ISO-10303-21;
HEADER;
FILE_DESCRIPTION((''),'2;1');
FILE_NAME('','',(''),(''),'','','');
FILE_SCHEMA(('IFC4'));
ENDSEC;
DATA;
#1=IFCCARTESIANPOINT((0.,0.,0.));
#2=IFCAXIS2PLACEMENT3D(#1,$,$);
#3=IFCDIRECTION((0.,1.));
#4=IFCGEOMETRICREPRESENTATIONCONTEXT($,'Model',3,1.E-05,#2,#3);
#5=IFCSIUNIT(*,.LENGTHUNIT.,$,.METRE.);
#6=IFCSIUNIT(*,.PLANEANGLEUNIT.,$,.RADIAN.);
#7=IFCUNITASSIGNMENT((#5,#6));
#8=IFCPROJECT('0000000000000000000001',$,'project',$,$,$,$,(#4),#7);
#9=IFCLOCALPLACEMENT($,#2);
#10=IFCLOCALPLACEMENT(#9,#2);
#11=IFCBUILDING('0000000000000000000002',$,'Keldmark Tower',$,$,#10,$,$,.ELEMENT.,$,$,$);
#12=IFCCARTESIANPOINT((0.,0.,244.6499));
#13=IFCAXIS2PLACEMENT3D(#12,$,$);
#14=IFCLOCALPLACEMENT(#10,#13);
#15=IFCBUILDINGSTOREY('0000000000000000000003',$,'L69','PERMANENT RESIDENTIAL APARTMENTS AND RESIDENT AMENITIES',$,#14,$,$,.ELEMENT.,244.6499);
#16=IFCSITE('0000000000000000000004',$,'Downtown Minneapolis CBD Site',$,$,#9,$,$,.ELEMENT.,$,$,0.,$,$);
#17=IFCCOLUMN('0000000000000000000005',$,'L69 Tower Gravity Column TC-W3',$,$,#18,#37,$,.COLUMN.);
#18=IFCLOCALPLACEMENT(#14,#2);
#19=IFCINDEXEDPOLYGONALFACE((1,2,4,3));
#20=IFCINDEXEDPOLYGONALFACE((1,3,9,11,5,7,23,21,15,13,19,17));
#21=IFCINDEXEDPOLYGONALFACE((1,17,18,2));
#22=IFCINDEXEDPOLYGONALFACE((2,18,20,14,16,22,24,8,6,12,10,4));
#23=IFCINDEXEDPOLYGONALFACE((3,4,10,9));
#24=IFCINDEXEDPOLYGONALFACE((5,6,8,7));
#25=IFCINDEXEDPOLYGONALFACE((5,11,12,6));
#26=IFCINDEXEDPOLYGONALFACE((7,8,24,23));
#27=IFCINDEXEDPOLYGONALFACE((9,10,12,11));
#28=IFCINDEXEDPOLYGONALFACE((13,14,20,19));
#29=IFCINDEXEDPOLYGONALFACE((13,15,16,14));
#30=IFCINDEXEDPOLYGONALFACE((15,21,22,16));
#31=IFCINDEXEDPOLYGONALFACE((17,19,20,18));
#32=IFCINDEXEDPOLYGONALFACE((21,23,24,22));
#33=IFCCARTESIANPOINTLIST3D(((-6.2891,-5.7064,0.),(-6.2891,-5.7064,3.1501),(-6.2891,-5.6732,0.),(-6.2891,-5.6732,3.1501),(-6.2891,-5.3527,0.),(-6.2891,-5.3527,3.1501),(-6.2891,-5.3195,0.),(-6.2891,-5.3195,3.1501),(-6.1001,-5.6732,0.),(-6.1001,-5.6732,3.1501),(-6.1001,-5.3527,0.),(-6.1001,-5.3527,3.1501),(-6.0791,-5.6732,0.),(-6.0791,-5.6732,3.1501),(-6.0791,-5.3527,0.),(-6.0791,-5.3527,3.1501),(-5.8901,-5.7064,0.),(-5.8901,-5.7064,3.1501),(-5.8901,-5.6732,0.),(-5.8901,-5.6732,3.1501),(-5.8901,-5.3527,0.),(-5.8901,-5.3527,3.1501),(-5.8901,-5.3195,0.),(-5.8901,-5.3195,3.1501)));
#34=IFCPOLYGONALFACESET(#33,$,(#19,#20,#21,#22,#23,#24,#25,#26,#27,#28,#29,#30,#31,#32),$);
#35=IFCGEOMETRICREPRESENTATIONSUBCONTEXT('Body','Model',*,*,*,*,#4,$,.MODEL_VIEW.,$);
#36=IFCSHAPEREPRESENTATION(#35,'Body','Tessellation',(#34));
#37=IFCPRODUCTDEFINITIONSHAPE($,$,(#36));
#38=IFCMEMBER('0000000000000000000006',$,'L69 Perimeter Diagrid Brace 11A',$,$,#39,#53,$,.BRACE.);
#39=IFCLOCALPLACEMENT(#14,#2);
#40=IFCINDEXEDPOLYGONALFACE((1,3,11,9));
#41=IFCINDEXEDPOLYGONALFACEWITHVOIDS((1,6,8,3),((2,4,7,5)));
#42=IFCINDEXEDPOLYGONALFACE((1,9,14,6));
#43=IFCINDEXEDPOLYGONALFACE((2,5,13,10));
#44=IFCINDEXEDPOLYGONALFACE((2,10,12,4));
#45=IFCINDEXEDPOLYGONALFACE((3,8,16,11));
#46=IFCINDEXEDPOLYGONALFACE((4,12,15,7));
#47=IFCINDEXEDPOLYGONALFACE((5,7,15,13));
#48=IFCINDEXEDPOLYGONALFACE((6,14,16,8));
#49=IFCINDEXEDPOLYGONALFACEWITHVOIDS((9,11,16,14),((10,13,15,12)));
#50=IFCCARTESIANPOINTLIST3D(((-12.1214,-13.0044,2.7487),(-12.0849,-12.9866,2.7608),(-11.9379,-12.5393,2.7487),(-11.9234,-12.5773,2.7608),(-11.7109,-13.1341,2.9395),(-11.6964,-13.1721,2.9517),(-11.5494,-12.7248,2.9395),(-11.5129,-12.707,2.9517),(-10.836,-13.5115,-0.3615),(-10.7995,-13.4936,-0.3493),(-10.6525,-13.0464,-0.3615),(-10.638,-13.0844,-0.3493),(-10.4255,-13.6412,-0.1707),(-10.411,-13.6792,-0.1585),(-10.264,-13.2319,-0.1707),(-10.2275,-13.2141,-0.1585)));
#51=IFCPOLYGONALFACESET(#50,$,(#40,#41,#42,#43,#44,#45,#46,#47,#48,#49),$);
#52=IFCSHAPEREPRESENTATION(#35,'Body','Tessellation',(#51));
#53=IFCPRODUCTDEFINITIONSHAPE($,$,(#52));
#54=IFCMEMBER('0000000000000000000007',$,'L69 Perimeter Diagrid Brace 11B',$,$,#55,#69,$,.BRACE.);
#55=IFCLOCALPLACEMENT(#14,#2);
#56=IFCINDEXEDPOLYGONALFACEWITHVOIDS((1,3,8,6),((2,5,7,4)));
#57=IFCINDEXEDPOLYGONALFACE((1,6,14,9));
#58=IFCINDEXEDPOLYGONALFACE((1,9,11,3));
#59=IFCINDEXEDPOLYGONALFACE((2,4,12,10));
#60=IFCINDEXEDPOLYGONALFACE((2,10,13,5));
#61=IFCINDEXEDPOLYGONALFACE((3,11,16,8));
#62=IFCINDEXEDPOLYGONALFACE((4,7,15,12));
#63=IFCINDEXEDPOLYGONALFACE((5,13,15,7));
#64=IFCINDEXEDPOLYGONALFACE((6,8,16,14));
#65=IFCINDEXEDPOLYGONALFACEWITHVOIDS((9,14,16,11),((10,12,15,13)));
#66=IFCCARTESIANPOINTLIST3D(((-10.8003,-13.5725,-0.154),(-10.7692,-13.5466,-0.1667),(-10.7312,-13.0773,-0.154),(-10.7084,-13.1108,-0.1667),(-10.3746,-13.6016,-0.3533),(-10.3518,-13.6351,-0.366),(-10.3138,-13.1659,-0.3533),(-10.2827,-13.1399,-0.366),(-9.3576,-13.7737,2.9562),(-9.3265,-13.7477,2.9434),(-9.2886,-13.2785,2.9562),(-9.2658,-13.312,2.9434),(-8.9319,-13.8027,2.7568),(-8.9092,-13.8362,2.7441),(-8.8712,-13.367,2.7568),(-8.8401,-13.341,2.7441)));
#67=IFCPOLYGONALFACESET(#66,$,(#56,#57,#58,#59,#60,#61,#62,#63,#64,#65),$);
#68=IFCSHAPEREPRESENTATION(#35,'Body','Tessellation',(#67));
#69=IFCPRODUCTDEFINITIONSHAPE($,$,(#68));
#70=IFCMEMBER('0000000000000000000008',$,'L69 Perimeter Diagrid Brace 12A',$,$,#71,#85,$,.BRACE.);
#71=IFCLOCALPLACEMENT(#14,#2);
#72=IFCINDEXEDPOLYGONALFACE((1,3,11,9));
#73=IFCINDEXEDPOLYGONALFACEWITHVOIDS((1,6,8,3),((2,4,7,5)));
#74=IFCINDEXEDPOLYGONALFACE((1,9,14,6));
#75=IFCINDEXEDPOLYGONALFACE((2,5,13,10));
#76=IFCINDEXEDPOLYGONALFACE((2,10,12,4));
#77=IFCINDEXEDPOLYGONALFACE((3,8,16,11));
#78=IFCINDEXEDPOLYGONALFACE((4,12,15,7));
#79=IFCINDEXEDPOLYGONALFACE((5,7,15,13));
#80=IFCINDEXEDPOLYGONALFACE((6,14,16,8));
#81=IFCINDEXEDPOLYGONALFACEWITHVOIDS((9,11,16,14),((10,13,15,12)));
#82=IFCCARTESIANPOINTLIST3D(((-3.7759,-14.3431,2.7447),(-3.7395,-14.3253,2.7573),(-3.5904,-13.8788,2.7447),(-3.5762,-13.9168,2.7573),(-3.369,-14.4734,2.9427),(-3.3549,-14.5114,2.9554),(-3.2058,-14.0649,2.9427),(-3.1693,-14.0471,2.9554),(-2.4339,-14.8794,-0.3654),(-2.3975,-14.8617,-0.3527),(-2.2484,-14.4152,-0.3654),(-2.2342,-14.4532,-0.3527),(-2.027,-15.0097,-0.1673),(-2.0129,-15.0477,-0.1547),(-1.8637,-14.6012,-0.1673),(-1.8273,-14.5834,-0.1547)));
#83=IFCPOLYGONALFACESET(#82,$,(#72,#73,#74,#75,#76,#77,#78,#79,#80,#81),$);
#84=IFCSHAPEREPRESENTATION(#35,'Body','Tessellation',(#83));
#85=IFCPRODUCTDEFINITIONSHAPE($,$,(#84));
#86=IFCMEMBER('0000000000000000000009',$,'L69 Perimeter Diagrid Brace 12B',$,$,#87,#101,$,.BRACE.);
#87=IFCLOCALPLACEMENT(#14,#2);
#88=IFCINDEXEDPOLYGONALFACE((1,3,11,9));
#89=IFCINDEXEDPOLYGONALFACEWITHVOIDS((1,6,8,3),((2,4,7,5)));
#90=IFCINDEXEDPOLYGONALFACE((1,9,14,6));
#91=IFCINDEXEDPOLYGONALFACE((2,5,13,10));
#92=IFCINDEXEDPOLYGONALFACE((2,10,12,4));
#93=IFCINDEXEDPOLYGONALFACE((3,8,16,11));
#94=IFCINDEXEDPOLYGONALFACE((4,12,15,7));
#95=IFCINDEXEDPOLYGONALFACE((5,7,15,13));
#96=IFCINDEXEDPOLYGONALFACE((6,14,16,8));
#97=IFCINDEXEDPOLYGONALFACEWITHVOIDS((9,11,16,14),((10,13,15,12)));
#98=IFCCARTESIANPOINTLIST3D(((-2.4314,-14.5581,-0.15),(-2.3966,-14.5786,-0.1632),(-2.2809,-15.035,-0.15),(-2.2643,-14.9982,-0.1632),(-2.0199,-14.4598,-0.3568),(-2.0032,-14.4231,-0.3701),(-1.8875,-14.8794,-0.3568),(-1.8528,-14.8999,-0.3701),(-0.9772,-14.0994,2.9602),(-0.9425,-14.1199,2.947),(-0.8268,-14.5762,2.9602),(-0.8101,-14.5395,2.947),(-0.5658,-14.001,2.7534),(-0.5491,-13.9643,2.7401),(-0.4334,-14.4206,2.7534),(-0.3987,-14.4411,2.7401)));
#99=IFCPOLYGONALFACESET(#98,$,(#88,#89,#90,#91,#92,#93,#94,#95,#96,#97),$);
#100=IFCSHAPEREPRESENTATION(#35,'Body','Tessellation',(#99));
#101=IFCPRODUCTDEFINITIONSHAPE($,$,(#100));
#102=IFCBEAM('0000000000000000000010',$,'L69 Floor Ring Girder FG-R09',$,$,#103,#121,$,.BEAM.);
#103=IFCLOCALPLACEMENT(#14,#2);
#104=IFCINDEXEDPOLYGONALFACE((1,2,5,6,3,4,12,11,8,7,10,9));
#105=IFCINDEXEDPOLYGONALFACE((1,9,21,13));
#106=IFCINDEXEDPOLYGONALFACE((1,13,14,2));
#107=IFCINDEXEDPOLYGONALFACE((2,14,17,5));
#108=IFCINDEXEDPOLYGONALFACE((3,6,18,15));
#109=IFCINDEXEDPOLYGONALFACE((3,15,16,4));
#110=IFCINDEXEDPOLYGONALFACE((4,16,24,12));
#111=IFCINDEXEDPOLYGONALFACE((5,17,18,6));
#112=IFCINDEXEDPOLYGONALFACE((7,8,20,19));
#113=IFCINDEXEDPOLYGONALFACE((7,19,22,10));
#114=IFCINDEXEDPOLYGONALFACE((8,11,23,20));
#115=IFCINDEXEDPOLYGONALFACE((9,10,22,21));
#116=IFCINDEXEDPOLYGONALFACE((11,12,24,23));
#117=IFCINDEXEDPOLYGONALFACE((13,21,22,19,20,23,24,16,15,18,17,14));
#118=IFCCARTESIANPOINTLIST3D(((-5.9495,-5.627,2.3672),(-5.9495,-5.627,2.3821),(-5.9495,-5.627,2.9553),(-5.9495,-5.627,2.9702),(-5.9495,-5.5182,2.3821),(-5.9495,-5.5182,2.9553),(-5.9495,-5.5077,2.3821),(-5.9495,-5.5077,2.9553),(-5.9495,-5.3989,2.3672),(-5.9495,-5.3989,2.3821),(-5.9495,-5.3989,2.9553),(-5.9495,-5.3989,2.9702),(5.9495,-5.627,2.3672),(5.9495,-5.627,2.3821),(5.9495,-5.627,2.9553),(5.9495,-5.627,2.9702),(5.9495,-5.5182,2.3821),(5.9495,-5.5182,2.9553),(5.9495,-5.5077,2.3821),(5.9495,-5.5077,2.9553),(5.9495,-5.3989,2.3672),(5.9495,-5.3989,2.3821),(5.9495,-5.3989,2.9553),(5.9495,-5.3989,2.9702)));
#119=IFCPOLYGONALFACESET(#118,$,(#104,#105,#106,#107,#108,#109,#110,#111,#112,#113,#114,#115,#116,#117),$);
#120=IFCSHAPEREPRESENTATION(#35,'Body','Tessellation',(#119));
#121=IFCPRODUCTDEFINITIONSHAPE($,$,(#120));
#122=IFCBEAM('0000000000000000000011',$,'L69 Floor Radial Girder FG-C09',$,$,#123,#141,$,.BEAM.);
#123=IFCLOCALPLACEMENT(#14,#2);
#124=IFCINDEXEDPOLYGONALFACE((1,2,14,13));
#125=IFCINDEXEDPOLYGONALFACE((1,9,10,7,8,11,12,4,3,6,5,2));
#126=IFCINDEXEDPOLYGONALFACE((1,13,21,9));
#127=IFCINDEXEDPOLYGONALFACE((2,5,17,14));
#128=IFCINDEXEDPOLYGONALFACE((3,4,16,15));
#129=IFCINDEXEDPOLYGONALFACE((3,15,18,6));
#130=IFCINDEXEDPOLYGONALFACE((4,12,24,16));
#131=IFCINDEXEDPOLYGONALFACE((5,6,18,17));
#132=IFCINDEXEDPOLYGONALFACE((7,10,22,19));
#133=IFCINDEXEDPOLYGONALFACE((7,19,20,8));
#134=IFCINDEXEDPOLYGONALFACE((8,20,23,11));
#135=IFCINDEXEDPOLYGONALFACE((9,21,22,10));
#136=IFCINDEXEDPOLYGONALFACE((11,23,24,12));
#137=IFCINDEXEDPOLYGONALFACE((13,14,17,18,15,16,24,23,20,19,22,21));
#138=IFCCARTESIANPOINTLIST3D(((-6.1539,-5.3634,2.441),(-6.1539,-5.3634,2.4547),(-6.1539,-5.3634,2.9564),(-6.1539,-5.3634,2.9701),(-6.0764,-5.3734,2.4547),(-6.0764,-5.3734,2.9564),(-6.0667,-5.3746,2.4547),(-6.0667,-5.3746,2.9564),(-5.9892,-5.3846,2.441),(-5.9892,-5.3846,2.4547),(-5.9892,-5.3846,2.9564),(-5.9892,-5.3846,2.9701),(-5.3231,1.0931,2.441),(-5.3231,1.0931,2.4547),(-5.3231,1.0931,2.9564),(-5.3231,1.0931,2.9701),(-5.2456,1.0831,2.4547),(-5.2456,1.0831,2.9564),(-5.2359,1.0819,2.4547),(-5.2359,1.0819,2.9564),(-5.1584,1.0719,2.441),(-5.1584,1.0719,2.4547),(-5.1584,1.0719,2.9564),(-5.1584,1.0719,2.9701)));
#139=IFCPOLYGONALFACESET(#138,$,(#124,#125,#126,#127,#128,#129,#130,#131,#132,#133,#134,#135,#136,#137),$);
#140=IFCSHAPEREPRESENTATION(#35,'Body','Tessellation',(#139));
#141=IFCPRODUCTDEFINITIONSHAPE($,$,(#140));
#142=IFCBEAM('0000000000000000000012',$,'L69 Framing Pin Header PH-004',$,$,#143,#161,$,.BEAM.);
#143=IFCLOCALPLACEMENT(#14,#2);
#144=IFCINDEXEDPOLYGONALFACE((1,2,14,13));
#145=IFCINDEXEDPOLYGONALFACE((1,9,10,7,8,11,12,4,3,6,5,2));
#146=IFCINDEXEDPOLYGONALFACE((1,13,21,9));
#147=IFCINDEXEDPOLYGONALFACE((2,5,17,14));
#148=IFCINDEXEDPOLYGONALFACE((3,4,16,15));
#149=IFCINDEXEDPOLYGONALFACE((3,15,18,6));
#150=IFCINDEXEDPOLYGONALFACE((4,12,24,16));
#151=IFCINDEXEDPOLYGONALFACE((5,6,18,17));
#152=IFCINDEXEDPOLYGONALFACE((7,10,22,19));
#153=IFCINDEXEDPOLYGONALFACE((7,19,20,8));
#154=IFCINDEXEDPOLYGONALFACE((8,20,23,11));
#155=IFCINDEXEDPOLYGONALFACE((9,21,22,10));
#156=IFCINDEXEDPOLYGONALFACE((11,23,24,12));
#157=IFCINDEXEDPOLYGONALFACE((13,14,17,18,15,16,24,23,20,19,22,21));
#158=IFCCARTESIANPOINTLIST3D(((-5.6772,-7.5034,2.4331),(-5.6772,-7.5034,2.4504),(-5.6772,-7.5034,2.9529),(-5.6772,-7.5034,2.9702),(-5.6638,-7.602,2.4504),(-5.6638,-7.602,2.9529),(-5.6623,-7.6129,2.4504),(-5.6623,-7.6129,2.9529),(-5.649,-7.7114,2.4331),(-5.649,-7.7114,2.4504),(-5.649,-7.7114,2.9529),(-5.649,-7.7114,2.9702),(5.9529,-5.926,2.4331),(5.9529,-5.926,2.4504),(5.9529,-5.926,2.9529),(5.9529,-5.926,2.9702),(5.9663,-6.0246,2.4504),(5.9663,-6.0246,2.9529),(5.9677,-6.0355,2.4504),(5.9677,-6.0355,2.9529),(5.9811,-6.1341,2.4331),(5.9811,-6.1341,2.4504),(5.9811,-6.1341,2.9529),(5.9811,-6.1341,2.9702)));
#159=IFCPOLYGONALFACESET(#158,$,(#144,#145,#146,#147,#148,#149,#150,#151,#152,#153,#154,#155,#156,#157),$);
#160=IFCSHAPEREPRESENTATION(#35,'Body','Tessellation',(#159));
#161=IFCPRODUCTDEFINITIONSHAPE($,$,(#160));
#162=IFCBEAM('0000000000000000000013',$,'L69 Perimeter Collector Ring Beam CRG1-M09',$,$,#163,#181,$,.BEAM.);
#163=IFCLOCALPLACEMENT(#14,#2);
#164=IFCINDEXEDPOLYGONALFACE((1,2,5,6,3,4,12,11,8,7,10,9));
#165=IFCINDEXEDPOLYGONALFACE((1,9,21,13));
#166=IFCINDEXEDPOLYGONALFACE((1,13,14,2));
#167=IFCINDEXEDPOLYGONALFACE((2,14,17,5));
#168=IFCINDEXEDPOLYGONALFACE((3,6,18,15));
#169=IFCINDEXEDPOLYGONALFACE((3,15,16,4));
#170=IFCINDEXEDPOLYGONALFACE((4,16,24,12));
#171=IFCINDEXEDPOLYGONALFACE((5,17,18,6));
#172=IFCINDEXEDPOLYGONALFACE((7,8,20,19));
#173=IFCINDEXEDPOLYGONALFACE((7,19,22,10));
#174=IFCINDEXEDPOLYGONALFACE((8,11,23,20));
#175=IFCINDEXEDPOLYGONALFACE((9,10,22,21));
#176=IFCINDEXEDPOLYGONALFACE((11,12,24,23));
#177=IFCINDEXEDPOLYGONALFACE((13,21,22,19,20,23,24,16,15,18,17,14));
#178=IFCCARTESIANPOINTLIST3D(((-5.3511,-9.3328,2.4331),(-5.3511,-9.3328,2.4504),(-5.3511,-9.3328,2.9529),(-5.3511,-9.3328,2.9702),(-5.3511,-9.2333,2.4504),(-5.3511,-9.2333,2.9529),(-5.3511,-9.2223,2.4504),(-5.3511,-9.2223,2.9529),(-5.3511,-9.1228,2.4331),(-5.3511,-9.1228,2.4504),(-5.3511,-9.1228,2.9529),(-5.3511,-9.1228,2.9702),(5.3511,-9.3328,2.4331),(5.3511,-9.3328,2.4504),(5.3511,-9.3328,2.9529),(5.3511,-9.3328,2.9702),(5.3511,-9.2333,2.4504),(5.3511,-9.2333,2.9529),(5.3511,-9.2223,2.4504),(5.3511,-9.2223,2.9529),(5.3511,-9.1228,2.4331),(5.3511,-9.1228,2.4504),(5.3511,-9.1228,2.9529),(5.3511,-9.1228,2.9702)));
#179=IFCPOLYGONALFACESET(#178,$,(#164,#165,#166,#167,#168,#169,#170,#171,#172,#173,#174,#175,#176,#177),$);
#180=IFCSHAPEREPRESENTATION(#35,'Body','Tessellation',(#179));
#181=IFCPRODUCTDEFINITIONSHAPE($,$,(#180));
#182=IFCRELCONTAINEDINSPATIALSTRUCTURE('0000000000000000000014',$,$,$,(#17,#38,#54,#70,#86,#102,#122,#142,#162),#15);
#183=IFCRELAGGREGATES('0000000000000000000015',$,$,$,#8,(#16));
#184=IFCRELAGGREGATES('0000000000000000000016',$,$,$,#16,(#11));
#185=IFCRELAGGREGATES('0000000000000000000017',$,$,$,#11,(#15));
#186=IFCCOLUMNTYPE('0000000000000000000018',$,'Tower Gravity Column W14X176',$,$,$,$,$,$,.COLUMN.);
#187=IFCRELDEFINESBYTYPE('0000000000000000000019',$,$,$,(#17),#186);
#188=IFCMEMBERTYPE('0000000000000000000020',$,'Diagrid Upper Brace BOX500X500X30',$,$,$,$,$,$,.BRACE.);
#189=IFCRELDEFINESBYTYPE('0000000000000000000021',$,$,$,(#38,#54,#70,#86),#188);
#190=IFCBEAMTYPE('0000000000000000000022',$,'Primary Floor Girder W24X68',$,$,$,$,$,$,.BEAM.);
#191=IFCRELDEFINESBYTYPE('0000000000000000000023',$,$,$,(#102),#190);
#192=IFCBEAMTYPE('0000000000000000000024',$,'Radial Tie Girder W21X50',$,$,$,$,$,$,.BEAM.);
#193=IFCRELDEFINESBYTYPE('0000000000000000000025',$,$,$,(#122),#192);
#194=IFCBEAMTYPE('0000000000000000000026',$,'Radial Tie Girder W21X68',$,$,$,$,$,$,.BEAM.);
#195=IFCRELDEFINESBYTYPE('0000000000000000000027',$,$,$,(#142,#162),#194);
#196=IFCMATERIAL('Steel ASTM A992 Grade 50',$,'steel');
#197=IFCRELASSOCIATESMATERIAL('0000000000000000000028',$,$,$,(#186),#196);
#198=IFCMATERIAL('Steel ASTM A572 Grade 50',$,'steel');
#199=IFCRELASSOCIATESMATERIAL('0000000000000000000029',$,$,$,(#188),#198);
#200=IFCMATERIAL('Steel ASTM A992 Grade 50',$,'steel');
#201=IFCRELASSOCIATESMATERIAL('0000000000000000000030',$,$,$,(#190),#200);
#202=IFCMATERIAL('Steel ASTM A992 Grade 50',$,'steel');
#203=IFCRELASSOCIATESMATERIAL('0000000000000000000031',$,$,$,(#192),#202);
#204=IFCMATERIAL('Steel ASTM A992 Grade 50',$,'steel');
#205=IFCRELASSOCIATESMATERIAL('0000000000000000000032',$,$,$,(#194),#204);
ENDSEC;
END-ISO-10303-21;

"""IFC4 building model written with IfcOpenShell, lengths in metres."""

from ifc_helpers import new_model, si_unit, direction, frame, origin, origin_2d, place, context, subcontext, project, spatial, hollow_rectangle, i_section, extrude, material, material_profile, profile_set, type_object, element, save


model = new_model("IFC4")

# Units and contexts
model_context = context("Model", 3, precision=1e-05, world=origin(), true_north=direction((0.0, 1.0)))
body_context = subcontext(model_context, "Body", "Model", "MODEL_VIEW")
ifc_project = project(units=[si_unit("LENGTHUNIT", "METRE"), si_unit("PLANEANGLEUNIT", "RADIAN")], contexts=[model_context])

# Site, building, storey
site_placement = place(None, origin())
site = spatial("IfcSite", under=ifc_project, at=site_placement, Name="Downtown Minneapolis CBD Site", CompositionType="ELEMENT", RefElevation=0.0)
building_placement = place(site_placement, origin())
building = spatial("IfcBuilding", under=site, at=building_placement, Name="Keldmark Tower", CompositionType="ELEMENT")
storey_placement = place(building_placement, frame((0.0, 0.0, 244.6499)))
storey = spatial("IfcBuildingStorey", under=building, at=storey_placement, Name="L69", Description="PERMANENT RESIDENTIAL APARTMENTS AND RESIDENT AMENITIES", CompositionType="ELEMENT", Elevation=244.6499)

# Column
ifc_material_1 = material(Name="Steel ASTM A992 Grade 50", Category="steel")
ifc_material_profile_1 = material_profile(ifc_material_1, i_section(OverallWidth=0.3989, OverallDepth=0.387, WebThickness=0.021, FlangeThickness=0.0332, at=origin_2d()), Name="W14X176")
ifc_profile_set_1 = profile_set([ifc_material_profile_1], Name="Steel ASTM A992 Grade 50")
column_type = type_object("IfcColumnType", Name="Tower Gravity Column W14X176", PredefinedType="COLUMN", material=ifc_profile_set_1)
column_placement = place(storey_placement, frame((-6.0896, -5.5129, 0.0), z_axis=(0.0, 0.0, 1.0), x_axis=(1.0, 0.0, 0.0)))
element("IfcColumn", 1, at=column_placement, inside=storey, type_object=column_type, Name="L69 Tower Gravity Column TC-W3", PredefinedType="COLUMN", context=body_context, shape_type="SweptSolid", body=[
    extrude(i_section(OverallWidth=0.3989, OverallDepth=0.387, WebThickness=0.021, FlangeThickness=0.0332, at=origin_2d()), origin(), (0.0, 0.0, 1.0), 3.1501),
])

# Members
ifc_material_2 = material(Name="Steel ASTM A572 Grade 50", Category="steel")
ifc_material_profile_2 = material_profile(ifc_material_2, hollow_rectangle(XDim=0.5, YDim=0.5, WallThickness=0.03, at=origin_2d()), Name="BOX500X500X30")
ifc_profile_set_2 = profile_set([ifc_material_profile_2], Name="Steel ASTM A572 Grade 50")
member_type = type_object("IfcMemberType", Name="Diagrid Upper Brace BOX500X500X30", PredefinedType="BRACE", material=ifc_profile_set_2)
member_1_placement = place(storey_placement, frame((-10.5317, -13.3628, -0.26), z_axis=(-0.377697, 0.148999, 0.913862), x_axis=(-0.366969, -0.930233, 0.0)))
element("IfcMember", 2, at=member_1_placement, inside=storey, type_object=member_type, Name="L69 Perimeter Diagrid Brace 11A", PredefinedType="BRACE", context=body_context, shape_type="SweptSolid", body=[
    extrude(hollow_rectangle(XDim=0.5, YDim=0.5, WallThickness=0.03, at=origin_2d()), origin(), (0.0, 0.0, 1.0), 3.4033),
])
member_2_placement = place(storey_placement, frame((-10.5415, -13.3562, -0.26), z_axis=(0.420064, -0.058577, 0.905602), x_axis=(0.138112, 0.990417, 0.0)))
element("IfcMember", 3, at=member_2_placement, inside=storey, type_object=member_type, Name="L69 Perimeter Diagrid Brace 11B", PredefinedType="BRACE", context=body_context, shape_type="SweptSolid", body=[
    extrude(hollow_rectangle(XDim=0.5, YDim=0.5, WallThickness=0.03, at=origin_2d()), origin(), (0.0, 0.0, 1.0), 3.4343),
])
member_3_placement = place(storey_placement, frame((-2.1306, -14.7314, -0.26), z_axis=(-0.391321, 0.1564, 0.906866), x_axis=(-0.371129, -0.928582, 0.0)))
element("IfcMember", 4, at=member_3_placement, inside=storey, type_object=member_type, Name="L69 Perimeter Diagrid Brace 12A", PredefinedType="BRACE", context=body_context, shape_type="SweptSolid", body=[
    extrude(hollow_rectangle(XDim=0.5, YDim=0.5, WallThickness=0.03, at=origin_2d()), origin(), (0.0, 0.0, 1.0), 3.4294),
])
member_4_placement = place(storey_placement, frame((-2.1421, -14.729, -0.26), z_axis=(0.419805, 0.13244, 0.8979), x_axis=(-0.300863, 0.953667, 0.0)))
element("IfcMember", 5, at=member_4_placement, inside=storey, type_object=member_type, Name="L69 Perimeter Diagrid Brace 12B", PredefinedType="BRACE", context=body_context, shape_type="SweptSolid", body=[
    extrude(hollow_rectangle(XDim=0.5, YDim=0.5, WallThickness=0.03, at=origin_2d()), origin(), (0.0, 0.0, 1.0), 3.4639),
])

# Beams
ifc_material_3 = material(Name="Steel ASTM A992 Grade 50", Category="steel")
ifc_material_profile_3 = material_profile(ifc_material_3, i_section(OverallWidth=0.228, OverallDepth=0.603, WebThickness=0.0105, FlangeThickness=0.0149, at=origin_2d()), Name="W24X68")
ifc_profile_set_3 = profile_set([ifc_material_profile_3], Name="Steel ASTM A992 Grade 50")
beam_type_1 = type_object("IfcBeamType", Name="Primary Floor Girder W24X68", PredefinedType="BEAM", material=ifc_profile_set_3)
beam_1_placement = place(storey_placement, frame((-5.9495, -5.5129, 2.6687), z_axis=(1.0, 0.0, 0.0), x_axis=(0.0, 1.0, 0.0)))
element("IfcBeam", 6, at=beam_1_placement, inside=storey, type_object=beam_type_1, Name="L69 Floor Ring Girder FG-R09", PredefinedType="BEAM", context=body_context, shape_type="SweptSolid", body=[
    extrude(i_section(OverallWidth=0.228, OverallDepth=0.603, WebThickness=0.0105, FlangeThickness=0.0149, at=origin_2d()), origin(), (0.0, 0.0, 1.0), 11.8989),
])
ifc_material_4 = material(Name="Steel ASTM A992 Grade 50", Category="steel")
ifc_material_profile_4 = material_profile(ifc_material_4, i_section(OverallWidth=0.166, OverallDepth=0.5291, WebThickness=0.0098, FlangeThickness=0.0137, at=origin_2d()), Name="W21X50")
ifc_profile_set_4 = profile_set([ifc_material_profile_4], Name="Steel ASTM A992 Grade 50")
beam_type_2 = type_object("IfcBeamType", Name="Radial Tie Girder W21X50", PredefinedType="BEAM", material=ifc_profile_set_4)
beam_2_placement = place(storey_placement, frame((-6.0715, -5.374, 2.7056), z_axis=(0.127625, 0.991822, 0.0), x_axis=(-0.991822, 0.127625, 0.0)))
element("IfcBeam", 7, at=beam_2_placement, inside=storey, type_object=beam_type_2, Name="L69 Floor Radial Girder FG-C09", PredefinedType="BEAM", context=body_context, shape_type="SweptSolid", body=[
    extrude(i_section(OverallWidth=0.166, OverallDepth=0.5291, WebThickness=0.0098, FlangeThickness=0.0137, at=origin_2d()), origin(), (0.0, 0.0, 1.0), 6.5098),
])
ifc_material_5 = material(Name="Steel ASTM A992 Grade 50", Category="steel")
ifc_material_profile_5 = material_profile(ifc_material_5, i_section(OverallWidth=0.21, OverallDepth=0.5371, WebThickness=0.011, FlangeThickness=0.0173, at=origin_2d()), Name="W21X68")
ifc_profile_set_5 = profile_set([ifc_material_profile_5], Name="Steel ASTM A992 Grade 50")
beam_type_3 = type_object("IfcBeamType", Name="Radial Tie Girder W21X68", PredefinedType="BEAM", material=ifc_profile_set_5)
beam_3_placement = place(storey_placement, frame((-5.6631, -7.6074, 2.7017), z_axis=(0.990927, 0.134399, 0.0), x_axis=(-0.134399, 0.990927, 0.0)))
element("IfcBeam", 8, at=beam_3_placement, inside=storey, type_object=beam_type_3, Name="L69 Framing Pin Header PH-004", PredefinedType="BEAM", context=body_context, shape_type="SweptSolid", body=[
    extrude(i_section(OverallWidth=0.21, OverallDepth=0.5371, WebThickness=0.011, FlangeThickness=0.0173, at=origin_2d()), origin(), (0.0, 0.0, 1.0), 11.7366),
])
beam_4_placement = place(storey_placement, frame((-5.3511, -9.2278, 2.7017), z_axis=(1.0, 0.0, 0.0), x_axis=(0.0, 1.0, 0.0)))
element("IfcBeam", 9, at=beam_4_placement, inside=storey, type_object=beam_type_3, Name="L69 Perimeter Collector Ring Beam CRG1-M09", PredefinedType="BEAM", context=body_context, shape_type="SweptSolid", body=[
    extrude(i_section(OverallWidth=0.21, OverallDepth=0.5371, WebThickness=0.011, FlangeThickness=0.0173, at=origin_2d()), origin(), (0.0, 0.0, 1.0), 10.7021),
])

save(model, "model.ifc")
